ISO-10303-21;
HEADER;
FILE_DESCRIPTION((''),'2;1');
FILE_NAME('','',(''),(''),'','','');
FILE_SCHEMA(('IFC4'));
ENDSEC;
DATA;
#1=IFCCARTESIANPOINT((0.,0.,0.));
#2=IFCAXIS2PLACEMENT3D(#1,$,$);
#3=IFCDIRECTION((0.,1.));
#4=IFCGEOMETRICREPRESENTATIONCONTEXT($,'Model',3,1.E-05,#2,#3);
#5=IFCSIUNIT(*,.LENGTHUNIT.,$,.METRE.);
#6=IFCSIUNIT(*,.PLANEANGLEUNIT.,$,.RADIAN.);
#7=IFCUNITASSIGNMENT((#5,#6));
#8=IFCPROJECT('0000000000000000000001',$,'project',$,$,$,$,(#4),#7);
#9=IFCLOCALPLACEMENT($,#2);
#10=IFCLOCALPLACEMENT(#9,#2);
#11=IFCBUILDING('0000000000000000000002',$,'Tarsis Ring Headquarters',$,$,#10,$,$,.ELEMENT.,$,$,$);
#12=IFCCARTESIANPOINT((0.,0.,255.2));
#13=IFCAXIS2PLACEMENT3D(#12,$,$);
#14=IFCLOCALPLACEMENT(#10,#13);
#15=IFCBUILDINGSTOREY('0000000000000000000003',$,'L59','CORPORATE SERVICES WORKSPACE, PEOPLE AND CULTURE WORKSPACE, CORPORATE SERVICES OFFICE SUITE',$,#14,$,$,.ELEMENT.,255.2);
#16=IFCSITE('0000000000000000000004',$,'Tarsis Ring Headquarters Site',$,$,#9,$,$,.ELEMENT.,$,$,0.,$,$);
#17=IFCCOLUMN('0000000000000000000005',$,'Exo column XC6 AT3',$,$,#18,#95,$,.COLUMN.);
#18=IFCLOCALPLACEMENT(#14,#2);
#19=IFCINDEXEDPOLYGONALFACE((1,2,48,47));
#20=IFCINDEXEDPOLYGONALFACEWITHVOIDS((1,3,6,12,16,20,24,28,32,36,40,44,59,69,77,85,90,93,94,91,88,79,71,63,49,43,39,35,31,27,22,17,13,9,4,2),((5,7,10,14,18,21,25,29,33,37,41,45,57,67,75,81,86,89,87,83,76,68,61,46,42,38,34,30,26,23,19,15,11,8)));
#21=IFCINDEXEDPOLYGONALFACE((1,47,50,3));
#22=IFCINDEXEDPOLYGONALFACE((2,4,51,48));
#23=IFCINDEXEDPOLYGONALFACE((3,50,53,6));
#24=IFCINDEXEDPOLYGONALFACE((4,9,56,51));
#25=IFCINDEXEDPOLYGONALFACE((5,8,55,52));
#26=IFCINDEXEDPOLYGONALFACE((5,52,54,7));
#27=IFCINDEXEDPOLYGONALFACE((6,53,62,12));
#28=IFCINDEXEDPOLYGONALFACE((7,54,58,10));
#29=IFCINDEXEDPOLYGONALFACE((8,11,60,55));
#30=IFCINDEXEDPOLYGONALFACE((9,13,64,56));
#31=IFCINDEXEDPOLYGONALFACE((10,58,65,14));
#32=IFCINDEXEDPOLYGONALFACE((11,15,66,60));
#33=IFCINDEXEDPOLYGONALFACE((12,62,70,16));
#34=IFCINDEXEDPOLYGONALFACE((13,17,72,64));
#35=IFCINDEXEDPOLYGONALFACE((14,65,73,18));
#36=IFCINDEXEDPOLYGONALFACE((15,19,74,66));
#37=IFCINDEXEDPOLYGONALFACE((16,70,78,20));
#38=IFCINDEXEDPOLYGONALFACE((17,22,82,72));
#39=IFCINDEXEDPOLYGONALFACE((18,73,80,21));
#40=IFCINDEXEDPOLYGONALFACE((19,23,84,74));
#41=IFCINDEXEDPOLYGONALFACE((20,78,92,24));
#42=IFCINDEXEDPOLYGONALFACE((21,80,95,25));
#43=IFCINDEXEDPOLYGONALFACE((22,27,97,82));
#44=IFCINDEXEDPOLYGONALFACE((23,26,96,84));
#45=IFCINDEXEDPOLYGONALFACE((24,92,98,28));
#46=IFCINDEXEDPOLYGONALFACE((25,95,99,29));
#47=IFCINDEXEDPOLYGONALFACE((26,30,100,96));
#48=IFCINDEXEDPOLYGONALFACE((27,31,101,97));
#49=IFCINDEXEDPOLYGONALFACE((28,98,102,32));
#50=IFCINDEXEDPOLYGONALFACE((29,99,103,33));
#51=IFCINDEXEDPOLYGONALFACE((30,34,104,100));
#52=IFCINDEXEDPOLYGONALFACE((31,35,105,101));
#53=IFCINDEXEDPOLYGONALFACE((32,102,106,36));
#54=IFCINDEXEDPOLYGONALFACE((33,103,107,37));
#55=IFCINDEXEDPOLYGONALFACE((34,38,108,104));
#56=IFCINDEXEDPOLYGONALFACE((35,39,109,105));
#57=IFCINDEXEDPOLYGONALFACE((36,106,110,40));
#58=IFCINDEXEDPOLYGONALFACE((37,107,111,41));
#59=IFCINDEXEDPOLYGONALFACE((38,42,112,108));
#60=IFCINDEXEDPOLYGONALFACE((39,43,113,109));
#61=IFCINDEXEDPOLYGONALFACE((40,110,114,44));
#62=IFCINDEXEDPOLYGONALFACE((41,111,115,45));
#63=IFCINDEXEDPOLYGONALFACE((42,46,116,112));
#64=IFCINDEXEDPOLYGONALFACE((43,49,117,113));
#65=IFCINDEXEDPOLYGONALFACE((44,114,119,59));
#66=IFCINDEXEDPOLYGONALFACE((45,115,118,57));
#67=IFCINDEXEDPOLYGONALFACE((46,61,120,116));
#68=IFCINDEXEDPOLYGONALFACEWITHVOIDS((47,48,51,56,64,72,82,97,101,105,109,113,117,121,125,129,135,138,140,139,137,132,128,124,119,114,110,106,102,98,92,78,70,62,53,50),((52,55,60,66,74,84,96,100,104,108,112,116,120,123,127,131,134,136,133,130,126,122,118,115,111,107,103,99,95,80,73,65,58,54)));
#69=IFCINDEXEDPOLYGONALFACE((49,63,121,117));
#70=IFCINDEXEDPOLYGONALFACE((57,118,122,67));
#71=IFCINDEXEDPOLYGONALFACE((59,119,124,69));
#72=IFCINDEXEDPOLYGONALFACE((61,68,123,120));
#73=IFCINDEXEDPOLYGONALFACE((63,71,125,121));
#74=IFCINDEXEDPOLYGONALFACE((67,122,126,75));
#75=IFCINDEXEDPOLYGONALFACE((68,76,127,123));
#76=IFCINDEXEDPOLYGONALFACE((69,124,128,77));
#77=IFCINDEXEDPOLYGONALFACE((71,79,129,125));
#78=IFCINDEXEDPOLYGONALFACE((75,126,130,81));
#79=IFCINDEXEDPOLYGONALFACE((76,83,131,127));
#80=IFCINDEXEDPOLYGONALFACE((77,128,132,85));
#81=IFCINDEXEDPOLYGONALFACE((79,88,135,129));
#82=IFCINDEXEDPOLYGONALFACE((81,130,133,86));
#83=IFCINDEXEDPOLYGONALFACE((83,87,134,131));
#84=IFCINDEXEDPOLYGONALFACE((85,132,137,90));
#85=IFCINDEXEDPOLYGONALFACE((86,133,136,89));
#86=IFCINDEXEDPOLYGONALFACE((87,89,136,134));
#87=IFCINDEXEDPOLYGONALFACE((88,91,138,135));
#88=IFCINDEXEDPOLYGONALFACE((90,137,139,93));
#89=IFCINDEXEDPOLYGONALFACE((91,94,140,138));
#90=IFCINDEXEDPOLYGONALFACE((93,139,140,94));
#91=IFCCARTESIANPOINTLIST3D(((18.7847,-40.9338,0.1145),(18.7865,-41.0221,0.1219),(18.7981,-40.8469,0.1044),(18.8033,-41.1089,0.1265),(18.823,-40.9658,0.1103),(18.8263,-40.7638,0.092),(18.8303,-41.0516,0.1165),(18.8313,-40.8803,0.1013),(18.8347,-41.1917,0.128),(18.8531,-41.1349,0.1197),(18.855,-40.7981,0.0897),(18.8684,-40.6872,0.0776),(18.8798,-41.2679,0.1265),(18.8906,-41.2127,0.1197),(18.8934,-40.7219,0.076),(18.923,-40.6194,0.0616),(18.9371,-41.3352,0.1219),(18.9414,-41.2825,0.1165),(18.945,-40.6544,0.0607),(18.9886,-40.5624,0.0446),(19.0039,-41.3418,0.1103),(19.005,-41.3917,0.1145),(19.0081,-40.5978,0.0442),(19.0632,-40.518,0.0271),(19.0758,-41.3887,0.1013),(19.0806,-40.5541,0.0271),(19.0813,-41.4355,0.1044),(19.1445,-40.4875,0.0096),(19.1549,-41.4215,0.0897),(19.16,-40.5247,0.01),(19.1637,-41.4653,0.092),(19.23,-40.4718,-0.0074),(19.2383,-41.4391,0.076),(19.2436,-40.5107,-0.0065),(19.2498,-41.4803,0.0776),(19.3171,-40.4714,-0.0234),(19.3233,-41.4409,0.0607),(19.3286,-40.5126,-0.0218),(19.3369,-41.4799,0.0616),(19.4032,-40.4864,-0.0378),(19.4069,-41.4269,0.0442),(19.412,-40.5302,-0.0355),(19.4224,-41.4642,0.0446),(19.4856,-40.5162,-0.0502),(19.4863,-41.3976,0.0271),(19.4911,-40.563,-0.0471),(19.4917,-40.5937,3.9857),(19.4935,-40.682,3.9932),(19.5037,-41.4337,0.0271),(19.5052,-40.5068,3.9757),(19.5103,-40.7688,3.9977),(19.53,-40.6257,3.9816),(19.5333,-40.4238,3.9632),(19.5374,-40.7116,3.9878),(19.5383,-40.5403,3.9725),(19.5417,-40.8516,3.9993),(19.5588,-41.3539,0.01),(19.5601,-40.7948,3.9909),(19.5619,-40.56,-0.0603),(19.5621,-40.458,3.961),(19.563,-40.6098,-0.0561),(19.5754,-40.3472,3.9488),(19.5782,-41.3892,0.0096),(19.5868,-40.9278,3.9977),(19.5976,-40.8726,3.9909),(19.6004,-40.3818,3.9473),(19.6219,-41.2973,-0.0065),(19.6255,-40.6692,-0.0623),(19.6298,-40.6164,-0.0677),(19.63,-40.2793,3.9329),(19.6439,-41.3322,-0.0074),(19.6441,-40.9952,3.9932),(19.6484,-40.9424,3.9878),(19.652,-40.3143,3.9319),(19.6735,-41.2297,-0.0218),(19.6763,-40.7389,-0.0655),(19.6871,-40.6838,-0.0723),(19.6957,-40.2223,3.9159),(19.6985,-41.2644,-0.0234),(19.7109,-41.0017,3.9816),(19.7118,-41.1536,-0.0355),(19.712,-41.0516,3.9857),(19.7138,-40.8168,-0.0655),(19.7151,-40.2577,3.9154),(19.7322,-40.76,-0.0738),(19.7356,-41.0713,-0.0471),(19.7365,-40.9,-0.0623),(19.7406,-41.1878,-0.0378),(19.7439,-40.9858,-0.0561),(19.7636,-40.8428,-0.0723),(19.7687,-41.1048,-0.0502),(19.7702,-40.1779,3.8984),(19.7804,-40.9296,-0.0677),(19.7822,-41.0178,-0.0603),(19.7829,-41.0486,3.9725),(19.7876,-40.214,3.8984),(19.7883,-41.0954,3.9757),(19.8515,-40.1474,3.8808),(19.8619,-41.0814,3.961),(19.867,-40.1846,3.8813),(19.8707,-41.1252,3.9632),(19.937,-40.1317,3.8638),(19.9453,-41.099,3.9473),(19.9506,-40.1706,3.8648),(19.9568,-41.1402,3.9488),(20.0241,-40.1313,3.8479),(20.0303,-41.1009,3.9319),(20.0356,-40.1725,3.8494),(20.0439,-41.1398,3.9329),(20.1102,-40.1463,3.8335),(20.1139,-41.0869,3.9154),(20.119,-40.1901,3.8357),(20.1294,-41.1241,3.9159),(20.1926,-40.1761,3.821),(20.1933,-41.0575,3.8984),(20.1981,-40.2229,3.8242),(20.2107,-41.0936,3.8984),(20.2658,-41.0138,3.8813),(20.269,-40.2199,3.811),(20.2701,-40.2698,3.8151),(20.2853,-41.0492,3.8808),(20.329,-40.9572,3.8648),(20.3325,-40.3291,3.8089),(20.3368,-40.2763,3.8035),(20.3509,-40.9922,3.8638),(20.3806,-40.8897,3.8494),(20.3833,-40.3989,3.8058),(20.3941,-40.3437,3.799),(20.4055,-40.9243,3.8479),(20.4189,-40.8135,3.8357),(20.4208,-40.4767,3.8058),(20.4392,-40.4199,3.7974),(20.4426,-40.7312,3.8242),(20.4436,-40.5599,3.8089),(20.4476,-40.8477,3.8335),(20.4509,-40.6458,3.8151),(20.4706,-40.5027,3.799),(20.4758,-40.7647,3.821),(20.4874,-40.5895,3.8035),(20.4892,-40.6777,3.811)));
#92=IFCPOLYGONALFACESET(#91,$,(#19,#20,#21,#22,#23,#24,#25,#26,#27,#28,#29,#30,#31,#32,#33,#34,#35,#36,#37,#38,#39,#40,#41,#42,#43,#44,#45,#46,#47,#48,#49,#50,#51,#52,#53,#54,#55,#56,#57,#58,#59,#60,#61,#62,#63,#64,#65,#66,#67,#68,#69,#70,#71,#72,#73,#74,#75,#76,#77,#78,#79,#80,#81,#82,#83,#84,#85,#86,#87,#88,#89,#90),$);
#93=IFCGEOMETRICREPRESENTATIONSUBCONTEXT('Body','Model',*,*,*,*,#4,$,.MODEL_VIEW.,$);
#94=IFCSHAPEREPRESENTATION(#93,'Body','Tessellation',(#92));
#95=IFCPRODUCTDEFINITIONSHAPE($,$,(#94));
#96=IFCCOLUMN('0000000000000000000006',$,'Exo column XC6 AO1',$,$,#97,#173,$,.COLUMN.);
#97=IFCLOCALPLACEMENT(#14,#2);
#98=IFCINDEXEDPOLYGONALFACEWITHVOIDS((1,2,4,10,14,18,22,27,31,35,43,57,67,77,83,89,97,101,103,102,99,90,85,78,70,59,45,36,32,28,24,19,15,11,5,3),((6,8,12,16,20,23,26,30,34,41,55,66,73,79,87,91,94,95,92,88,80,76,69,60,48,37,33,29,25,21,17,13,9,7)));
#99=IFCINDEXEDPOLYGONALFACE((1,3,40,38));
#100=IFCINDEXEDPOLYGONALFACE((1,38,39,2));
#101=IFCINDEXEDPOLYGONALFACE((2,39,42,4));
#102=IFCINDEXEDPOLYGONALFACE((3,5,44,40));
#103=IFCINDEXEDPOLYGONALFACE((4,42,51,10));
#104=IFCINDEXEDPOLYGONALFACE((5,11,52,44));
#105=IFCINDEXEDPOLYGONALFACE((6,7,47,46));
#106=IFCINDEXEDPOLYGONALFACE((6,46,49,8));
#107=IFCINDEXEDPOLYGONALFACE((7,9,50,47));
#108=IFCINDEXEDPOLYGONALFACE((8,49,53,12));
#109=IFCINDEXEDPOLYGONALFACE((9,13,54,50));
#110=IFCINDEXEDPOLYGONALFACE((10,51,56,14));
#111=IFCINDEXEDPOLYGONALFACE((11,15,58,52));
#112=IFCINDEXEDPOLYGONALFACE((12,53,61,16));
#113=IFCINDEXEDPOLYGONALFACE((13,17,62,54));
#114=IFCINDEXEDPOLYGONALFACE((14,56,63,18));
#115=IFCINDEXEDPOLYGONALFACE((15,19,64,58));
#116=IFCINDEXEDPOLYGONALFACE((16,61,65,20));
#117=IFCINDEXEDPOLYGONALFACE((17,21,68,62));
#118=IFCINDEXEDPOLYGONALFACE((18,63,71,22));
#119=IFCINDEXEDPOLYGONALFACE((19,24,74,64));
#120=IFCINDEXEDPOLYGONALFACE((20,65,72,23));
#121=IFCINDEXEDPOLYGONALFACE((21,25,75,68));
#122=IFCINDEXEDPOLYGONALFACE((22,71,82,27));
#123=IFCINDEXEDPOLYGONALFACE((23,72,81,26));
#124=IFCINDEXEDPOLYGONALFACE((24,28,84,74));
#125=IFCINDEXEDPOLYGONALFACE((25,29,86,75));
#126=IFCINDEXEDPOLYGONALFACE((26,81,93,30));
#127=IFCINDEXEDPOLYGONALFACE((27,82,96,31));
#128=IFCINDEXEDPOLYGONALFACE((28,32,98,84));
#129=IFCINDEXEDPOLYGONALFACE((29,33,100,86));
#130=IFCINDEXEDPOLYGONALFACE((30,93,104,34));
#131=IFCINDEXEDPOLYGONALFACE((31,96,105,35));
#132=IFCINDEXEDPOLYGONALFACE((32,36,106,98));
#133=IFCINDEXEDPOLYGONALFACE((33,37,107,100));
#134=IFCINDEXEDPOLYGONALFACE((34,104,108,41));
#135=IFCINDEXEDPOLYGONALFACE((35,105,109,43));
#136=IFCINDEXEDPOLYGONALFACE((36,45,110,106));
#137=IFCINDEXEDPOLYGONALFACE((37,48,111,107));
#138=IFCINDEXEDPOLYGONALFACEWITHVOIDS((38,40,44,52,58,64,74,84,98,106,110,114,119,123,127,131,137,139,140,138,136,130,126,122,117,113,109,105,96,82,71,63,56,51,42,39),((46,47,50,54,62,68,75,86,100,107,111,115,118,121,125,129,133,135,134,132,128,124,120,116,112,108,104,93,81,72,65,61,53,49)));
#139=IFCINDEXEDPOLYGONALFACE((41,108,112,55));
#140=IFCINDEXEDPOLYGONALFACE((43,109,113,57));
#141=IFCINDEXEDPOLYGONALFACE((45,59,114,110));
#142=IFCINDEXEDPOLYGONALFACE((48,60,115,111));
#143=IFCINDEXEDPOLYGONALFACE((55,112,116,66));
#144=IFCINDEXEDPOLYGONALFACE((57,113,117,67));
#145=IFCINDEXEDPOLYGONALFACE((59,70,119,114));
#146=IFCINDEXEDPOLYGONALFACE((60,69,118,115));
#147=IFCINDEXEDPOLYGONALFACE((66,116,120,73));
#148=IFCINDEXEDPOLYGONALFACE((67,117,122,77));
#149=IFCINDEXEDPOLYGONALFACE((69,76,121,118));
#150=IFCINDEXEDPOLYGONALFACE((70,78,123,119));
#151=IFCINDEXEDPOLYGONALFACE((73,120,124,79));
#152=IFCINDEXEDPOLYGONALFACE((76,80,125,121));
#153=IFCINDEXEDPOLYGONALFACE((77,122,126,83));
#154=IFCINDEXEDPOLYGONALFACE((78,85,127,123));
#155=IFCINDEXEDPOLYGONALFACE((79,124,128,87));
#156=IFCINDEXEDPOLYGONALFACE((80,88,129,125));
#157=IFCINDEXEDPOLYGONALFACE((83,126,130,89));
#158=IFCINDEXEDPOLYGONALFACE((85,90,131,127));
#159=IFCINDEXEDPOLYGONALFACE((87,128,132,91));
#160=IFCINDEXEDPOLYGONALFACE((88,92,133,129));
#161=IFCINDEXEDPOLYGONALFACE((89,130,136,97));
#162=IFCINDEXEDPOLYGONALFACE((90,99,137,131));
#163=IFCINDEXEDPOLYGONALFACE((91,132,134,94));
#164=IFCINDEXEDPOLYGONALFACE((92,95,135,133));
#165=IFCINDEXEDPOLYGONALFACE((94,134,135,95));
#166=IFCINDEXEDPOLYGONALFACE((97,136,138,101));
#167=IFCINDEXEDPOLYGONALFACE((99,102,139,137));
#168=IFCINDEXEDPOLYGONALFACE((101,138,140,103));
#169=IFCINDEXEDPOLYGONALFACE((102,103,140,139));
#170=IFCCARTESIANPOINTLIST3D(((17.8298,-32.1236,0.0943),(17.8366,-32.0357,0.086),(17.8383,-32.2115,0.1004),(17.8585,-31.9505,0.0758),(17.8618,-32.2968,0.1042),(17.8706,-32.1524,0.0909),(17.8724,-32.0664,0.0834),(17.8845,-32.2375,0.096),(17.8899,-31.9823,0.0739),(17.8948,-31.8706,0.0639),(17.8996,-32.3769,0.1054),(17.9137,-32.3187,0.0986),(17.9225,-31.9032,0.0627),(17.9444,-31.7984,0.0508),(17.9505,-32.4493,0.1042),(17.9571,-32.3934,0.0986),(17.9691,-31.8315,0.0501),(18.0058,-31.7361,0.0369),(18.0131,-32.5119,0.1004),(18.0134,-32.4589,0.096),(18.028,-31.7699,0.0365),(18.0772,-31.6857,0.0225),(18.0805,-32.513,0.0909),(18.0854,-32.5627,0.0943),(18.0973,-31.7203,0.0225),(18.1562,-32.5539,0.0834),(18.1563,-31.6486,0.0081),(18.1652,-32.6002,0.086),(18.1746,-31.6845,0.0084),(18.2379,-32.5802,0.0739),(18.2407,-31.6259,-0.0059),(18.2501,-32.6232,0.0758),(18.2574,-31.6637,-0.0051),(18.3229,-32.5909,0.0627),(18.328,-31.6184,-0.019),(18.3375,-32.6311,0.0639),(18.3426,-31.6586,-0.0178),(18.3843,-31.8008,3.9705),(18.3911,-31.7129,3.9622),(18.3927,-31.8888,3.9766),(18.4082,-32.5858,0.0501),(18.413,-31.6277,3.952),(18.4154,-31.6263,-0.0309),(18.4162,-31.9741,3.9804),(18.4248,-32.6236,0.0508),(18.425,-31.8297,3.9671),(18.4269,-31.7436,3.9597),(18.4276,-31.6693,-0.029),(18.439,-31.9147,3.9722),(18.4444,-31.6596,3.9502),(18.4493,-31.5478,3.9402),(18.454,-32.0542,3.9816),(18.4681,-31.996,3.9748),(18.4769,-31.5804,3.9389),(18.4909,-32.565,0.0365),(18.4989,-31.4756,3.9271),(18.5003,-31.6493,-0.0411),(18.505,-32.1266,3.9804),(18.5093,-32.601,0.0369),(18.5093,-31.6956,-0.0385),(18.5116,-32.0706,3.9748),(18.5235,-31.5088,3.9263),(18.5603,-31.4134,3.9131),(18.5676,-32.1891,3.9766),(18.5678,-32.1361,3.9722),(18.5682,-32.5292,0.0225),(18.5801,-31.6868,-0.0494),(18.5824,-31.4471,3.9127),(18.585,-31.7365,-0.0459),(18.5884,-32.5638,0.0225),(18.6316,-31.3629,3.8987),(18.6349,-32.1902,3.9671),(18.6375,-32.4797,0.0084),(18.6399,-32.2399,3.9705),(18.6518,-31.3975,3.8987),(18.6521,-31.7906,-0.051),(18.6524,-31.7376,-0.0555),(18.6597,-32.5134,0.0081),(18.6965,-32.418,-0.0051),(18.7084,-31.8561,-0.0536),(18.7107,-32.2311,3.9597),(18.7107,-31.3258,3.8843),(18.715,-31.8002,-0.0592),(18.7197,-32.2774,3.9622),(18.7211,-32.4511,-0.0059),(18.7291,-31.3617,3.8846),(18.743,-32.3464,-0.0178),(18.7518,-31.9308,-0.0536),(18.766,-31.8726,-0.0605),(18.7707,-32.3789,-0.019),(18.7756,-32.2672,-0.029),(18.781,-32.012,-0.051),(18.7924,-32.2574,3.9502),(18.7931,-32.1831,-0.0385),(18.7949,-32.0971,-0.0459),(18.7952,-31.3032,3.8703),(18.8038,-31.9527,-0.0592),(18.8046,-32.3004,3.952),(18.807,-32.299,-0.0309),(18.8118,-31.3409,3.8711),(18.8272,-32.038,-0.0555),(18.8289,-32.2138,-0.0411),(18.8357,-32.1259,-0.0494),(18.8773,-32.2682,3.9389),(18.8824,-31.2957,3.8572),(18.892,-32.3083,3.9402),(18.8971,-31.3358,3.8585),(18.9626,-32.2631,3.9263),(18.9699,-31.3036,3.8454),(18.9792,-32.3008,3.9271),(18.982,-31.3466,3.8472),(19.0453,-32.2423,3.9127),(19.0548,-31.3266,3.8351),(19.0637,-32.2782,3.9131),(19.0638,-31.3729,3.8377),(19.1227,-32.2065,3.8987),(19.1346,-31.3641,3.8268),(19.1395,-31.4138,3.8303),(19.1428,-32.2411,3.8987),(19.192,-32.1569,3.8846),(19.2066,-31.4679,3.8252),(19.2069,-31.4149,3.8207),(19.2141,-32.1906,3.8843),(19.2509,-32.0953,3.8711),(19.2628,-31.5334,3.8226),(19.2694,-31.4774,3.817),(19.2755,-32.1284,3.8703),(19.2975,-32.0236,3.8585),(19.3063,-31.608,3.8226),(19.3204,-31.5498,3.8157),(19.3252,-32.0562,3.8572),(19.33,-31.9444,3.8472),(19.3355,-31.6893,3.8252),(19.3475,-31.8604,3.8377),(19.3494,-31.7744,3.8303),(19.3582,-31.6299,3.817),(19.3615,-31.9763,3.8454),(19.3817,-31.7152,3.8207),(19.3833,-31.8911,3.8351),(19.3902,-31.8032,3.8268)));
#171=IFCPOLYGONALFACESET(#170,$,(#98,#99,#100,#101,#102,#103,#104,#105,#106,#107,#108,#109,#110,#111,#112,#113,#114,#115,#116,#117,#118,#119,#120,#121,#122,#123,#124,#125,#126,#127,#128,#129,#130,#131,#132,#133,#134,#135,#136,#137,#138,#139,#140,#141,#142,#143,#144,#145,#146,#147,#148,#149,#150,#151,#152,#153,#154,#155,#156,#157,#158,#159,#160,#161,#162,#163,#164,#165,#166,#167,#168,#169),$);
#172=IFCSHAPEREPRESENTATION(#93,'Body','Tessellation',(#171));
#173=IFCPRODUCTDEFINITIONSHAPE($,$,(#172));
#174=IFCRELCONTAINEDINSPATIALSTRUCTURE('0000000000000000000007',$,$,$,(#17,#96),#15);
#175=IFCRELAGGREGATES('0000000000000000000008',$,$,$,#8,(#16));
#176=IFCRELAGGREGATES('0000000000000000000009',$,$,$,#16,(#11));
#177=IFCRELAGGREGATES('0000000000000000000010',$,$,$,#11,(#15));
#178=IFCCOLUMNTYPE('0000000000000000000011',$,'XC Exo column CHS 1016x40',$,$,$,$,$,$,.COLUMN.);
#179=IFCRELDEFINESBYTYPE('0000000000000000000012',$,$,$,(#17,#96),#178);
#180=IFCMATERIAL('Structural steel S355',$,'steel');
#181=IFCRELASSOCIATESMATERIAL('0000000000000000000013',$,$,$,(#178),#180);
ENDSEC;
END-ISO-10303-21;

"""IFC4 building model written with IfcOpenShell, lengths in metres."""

from ifc_helpers import new_model, si_unit, direction, frame, origin, origin_2d, place, context, subcontext, project, spatial, hollow_circle, extrude, material, material_profile, profile_set, type_object, element, save


model = new_model("IFC4")

# Units and contexts
model_context = context("Model", 3, precision=1e-05, world=origin(), true_north=direction((0.0, 1.0)))
body_context = subcontext(model_context, "Body", "Model", "MODEL_VIEW")
ifc_project = project(units=[si_unit("LENGTHUNIT", "METRE"), si_unit("PLANEANGLEUNIT", "RADIAN")], contexts=[model_context])

# Site, building, storey
site_placement = place(None, origin())
site = spatial("IfcSite", under=ifc_project, at=site_placement, Name="Tarsis Ring Headquarters Site", CompositionType="ELEMENT", RefElevation=0.0)
building_placement = place(site_placement, origin())
building = spatial("IfcBuilding", under=site, at=building_placement, Name="Tarsis Ring Headquarters", CompositionType="ELEMENT")
storey_placement = place(building_placement, frame((0.0, 0.0, 255.2)))
storey = spatial("IfcBuildingStorey", under=building, at=storey_placement, Name="L59", Description="CORPORATE SERVICES WORKSPACE, PEOPLE AND CULTURE WORKSPACE, CORPORATE SERVICES OFFICE SUITE", CompositionType="ELEMENT", Elevation=255.2)

# Columns
ifc_material_1 = material(Name="Structural steel S355", Category="steel")
ifc_material_profile_1 = material_profile(ifc_material_1, hollow_circle(Radius=0.5081, WallThickness=0.04, at=origin_2d()), Name="CHS 1016x40")
ifc_profile_set_1 = profile_set([ifc_material_profile_1], Name="Structural steel S355")
column_type = type_object("IfcColumnType", Name="XC Exo column CHS 1016x40", PredefinedType="COLUMN", material=ifc_profile_set_1)
column_1_placement = place(storey_placement, frame((19.2834, -40.9758, 0.0271), z_axis=(0.178993, 0.086097, 0.980076), x_axis=(-0.433469, 0.901168, 0.0)))
element("IfcColumn", 1, at=column_1_placement, inside=storey, type_object=column_type, Name="Exo column XC6 AT3", PredefinedType="COLUMN", context=body_context, shape_type="SweptSolid", body=[
    extrude(hollow_circle(Radius=0.5081, WallThickness=0.04, at=origin_2d()), origin(), (0.0, 0.0, 1.0), 3.95),
])
column_2_placement = place(storey_placement, frame((18.3328, -32.1248, 0.0225), z_axis=(0.141117, 0.082148, 0.986579), x_axis=(-0.50309, 0.864234, 0.0)))
element("IfcColumn", 2, at=column_2_placement, inside=storey, type_object=column_type, Name="Exo column XC6 AO1", PredefinedType="COLUMN", context=body_context, shape_type="SweptSolid", body=[
    extrude(hollow_circle(Radius=0.5081, WallThickness=0.04, at=origin_2d()), origin(), (0.0, 0.0, 1.0), 3.929),
])

save(model, "model.ifc")
